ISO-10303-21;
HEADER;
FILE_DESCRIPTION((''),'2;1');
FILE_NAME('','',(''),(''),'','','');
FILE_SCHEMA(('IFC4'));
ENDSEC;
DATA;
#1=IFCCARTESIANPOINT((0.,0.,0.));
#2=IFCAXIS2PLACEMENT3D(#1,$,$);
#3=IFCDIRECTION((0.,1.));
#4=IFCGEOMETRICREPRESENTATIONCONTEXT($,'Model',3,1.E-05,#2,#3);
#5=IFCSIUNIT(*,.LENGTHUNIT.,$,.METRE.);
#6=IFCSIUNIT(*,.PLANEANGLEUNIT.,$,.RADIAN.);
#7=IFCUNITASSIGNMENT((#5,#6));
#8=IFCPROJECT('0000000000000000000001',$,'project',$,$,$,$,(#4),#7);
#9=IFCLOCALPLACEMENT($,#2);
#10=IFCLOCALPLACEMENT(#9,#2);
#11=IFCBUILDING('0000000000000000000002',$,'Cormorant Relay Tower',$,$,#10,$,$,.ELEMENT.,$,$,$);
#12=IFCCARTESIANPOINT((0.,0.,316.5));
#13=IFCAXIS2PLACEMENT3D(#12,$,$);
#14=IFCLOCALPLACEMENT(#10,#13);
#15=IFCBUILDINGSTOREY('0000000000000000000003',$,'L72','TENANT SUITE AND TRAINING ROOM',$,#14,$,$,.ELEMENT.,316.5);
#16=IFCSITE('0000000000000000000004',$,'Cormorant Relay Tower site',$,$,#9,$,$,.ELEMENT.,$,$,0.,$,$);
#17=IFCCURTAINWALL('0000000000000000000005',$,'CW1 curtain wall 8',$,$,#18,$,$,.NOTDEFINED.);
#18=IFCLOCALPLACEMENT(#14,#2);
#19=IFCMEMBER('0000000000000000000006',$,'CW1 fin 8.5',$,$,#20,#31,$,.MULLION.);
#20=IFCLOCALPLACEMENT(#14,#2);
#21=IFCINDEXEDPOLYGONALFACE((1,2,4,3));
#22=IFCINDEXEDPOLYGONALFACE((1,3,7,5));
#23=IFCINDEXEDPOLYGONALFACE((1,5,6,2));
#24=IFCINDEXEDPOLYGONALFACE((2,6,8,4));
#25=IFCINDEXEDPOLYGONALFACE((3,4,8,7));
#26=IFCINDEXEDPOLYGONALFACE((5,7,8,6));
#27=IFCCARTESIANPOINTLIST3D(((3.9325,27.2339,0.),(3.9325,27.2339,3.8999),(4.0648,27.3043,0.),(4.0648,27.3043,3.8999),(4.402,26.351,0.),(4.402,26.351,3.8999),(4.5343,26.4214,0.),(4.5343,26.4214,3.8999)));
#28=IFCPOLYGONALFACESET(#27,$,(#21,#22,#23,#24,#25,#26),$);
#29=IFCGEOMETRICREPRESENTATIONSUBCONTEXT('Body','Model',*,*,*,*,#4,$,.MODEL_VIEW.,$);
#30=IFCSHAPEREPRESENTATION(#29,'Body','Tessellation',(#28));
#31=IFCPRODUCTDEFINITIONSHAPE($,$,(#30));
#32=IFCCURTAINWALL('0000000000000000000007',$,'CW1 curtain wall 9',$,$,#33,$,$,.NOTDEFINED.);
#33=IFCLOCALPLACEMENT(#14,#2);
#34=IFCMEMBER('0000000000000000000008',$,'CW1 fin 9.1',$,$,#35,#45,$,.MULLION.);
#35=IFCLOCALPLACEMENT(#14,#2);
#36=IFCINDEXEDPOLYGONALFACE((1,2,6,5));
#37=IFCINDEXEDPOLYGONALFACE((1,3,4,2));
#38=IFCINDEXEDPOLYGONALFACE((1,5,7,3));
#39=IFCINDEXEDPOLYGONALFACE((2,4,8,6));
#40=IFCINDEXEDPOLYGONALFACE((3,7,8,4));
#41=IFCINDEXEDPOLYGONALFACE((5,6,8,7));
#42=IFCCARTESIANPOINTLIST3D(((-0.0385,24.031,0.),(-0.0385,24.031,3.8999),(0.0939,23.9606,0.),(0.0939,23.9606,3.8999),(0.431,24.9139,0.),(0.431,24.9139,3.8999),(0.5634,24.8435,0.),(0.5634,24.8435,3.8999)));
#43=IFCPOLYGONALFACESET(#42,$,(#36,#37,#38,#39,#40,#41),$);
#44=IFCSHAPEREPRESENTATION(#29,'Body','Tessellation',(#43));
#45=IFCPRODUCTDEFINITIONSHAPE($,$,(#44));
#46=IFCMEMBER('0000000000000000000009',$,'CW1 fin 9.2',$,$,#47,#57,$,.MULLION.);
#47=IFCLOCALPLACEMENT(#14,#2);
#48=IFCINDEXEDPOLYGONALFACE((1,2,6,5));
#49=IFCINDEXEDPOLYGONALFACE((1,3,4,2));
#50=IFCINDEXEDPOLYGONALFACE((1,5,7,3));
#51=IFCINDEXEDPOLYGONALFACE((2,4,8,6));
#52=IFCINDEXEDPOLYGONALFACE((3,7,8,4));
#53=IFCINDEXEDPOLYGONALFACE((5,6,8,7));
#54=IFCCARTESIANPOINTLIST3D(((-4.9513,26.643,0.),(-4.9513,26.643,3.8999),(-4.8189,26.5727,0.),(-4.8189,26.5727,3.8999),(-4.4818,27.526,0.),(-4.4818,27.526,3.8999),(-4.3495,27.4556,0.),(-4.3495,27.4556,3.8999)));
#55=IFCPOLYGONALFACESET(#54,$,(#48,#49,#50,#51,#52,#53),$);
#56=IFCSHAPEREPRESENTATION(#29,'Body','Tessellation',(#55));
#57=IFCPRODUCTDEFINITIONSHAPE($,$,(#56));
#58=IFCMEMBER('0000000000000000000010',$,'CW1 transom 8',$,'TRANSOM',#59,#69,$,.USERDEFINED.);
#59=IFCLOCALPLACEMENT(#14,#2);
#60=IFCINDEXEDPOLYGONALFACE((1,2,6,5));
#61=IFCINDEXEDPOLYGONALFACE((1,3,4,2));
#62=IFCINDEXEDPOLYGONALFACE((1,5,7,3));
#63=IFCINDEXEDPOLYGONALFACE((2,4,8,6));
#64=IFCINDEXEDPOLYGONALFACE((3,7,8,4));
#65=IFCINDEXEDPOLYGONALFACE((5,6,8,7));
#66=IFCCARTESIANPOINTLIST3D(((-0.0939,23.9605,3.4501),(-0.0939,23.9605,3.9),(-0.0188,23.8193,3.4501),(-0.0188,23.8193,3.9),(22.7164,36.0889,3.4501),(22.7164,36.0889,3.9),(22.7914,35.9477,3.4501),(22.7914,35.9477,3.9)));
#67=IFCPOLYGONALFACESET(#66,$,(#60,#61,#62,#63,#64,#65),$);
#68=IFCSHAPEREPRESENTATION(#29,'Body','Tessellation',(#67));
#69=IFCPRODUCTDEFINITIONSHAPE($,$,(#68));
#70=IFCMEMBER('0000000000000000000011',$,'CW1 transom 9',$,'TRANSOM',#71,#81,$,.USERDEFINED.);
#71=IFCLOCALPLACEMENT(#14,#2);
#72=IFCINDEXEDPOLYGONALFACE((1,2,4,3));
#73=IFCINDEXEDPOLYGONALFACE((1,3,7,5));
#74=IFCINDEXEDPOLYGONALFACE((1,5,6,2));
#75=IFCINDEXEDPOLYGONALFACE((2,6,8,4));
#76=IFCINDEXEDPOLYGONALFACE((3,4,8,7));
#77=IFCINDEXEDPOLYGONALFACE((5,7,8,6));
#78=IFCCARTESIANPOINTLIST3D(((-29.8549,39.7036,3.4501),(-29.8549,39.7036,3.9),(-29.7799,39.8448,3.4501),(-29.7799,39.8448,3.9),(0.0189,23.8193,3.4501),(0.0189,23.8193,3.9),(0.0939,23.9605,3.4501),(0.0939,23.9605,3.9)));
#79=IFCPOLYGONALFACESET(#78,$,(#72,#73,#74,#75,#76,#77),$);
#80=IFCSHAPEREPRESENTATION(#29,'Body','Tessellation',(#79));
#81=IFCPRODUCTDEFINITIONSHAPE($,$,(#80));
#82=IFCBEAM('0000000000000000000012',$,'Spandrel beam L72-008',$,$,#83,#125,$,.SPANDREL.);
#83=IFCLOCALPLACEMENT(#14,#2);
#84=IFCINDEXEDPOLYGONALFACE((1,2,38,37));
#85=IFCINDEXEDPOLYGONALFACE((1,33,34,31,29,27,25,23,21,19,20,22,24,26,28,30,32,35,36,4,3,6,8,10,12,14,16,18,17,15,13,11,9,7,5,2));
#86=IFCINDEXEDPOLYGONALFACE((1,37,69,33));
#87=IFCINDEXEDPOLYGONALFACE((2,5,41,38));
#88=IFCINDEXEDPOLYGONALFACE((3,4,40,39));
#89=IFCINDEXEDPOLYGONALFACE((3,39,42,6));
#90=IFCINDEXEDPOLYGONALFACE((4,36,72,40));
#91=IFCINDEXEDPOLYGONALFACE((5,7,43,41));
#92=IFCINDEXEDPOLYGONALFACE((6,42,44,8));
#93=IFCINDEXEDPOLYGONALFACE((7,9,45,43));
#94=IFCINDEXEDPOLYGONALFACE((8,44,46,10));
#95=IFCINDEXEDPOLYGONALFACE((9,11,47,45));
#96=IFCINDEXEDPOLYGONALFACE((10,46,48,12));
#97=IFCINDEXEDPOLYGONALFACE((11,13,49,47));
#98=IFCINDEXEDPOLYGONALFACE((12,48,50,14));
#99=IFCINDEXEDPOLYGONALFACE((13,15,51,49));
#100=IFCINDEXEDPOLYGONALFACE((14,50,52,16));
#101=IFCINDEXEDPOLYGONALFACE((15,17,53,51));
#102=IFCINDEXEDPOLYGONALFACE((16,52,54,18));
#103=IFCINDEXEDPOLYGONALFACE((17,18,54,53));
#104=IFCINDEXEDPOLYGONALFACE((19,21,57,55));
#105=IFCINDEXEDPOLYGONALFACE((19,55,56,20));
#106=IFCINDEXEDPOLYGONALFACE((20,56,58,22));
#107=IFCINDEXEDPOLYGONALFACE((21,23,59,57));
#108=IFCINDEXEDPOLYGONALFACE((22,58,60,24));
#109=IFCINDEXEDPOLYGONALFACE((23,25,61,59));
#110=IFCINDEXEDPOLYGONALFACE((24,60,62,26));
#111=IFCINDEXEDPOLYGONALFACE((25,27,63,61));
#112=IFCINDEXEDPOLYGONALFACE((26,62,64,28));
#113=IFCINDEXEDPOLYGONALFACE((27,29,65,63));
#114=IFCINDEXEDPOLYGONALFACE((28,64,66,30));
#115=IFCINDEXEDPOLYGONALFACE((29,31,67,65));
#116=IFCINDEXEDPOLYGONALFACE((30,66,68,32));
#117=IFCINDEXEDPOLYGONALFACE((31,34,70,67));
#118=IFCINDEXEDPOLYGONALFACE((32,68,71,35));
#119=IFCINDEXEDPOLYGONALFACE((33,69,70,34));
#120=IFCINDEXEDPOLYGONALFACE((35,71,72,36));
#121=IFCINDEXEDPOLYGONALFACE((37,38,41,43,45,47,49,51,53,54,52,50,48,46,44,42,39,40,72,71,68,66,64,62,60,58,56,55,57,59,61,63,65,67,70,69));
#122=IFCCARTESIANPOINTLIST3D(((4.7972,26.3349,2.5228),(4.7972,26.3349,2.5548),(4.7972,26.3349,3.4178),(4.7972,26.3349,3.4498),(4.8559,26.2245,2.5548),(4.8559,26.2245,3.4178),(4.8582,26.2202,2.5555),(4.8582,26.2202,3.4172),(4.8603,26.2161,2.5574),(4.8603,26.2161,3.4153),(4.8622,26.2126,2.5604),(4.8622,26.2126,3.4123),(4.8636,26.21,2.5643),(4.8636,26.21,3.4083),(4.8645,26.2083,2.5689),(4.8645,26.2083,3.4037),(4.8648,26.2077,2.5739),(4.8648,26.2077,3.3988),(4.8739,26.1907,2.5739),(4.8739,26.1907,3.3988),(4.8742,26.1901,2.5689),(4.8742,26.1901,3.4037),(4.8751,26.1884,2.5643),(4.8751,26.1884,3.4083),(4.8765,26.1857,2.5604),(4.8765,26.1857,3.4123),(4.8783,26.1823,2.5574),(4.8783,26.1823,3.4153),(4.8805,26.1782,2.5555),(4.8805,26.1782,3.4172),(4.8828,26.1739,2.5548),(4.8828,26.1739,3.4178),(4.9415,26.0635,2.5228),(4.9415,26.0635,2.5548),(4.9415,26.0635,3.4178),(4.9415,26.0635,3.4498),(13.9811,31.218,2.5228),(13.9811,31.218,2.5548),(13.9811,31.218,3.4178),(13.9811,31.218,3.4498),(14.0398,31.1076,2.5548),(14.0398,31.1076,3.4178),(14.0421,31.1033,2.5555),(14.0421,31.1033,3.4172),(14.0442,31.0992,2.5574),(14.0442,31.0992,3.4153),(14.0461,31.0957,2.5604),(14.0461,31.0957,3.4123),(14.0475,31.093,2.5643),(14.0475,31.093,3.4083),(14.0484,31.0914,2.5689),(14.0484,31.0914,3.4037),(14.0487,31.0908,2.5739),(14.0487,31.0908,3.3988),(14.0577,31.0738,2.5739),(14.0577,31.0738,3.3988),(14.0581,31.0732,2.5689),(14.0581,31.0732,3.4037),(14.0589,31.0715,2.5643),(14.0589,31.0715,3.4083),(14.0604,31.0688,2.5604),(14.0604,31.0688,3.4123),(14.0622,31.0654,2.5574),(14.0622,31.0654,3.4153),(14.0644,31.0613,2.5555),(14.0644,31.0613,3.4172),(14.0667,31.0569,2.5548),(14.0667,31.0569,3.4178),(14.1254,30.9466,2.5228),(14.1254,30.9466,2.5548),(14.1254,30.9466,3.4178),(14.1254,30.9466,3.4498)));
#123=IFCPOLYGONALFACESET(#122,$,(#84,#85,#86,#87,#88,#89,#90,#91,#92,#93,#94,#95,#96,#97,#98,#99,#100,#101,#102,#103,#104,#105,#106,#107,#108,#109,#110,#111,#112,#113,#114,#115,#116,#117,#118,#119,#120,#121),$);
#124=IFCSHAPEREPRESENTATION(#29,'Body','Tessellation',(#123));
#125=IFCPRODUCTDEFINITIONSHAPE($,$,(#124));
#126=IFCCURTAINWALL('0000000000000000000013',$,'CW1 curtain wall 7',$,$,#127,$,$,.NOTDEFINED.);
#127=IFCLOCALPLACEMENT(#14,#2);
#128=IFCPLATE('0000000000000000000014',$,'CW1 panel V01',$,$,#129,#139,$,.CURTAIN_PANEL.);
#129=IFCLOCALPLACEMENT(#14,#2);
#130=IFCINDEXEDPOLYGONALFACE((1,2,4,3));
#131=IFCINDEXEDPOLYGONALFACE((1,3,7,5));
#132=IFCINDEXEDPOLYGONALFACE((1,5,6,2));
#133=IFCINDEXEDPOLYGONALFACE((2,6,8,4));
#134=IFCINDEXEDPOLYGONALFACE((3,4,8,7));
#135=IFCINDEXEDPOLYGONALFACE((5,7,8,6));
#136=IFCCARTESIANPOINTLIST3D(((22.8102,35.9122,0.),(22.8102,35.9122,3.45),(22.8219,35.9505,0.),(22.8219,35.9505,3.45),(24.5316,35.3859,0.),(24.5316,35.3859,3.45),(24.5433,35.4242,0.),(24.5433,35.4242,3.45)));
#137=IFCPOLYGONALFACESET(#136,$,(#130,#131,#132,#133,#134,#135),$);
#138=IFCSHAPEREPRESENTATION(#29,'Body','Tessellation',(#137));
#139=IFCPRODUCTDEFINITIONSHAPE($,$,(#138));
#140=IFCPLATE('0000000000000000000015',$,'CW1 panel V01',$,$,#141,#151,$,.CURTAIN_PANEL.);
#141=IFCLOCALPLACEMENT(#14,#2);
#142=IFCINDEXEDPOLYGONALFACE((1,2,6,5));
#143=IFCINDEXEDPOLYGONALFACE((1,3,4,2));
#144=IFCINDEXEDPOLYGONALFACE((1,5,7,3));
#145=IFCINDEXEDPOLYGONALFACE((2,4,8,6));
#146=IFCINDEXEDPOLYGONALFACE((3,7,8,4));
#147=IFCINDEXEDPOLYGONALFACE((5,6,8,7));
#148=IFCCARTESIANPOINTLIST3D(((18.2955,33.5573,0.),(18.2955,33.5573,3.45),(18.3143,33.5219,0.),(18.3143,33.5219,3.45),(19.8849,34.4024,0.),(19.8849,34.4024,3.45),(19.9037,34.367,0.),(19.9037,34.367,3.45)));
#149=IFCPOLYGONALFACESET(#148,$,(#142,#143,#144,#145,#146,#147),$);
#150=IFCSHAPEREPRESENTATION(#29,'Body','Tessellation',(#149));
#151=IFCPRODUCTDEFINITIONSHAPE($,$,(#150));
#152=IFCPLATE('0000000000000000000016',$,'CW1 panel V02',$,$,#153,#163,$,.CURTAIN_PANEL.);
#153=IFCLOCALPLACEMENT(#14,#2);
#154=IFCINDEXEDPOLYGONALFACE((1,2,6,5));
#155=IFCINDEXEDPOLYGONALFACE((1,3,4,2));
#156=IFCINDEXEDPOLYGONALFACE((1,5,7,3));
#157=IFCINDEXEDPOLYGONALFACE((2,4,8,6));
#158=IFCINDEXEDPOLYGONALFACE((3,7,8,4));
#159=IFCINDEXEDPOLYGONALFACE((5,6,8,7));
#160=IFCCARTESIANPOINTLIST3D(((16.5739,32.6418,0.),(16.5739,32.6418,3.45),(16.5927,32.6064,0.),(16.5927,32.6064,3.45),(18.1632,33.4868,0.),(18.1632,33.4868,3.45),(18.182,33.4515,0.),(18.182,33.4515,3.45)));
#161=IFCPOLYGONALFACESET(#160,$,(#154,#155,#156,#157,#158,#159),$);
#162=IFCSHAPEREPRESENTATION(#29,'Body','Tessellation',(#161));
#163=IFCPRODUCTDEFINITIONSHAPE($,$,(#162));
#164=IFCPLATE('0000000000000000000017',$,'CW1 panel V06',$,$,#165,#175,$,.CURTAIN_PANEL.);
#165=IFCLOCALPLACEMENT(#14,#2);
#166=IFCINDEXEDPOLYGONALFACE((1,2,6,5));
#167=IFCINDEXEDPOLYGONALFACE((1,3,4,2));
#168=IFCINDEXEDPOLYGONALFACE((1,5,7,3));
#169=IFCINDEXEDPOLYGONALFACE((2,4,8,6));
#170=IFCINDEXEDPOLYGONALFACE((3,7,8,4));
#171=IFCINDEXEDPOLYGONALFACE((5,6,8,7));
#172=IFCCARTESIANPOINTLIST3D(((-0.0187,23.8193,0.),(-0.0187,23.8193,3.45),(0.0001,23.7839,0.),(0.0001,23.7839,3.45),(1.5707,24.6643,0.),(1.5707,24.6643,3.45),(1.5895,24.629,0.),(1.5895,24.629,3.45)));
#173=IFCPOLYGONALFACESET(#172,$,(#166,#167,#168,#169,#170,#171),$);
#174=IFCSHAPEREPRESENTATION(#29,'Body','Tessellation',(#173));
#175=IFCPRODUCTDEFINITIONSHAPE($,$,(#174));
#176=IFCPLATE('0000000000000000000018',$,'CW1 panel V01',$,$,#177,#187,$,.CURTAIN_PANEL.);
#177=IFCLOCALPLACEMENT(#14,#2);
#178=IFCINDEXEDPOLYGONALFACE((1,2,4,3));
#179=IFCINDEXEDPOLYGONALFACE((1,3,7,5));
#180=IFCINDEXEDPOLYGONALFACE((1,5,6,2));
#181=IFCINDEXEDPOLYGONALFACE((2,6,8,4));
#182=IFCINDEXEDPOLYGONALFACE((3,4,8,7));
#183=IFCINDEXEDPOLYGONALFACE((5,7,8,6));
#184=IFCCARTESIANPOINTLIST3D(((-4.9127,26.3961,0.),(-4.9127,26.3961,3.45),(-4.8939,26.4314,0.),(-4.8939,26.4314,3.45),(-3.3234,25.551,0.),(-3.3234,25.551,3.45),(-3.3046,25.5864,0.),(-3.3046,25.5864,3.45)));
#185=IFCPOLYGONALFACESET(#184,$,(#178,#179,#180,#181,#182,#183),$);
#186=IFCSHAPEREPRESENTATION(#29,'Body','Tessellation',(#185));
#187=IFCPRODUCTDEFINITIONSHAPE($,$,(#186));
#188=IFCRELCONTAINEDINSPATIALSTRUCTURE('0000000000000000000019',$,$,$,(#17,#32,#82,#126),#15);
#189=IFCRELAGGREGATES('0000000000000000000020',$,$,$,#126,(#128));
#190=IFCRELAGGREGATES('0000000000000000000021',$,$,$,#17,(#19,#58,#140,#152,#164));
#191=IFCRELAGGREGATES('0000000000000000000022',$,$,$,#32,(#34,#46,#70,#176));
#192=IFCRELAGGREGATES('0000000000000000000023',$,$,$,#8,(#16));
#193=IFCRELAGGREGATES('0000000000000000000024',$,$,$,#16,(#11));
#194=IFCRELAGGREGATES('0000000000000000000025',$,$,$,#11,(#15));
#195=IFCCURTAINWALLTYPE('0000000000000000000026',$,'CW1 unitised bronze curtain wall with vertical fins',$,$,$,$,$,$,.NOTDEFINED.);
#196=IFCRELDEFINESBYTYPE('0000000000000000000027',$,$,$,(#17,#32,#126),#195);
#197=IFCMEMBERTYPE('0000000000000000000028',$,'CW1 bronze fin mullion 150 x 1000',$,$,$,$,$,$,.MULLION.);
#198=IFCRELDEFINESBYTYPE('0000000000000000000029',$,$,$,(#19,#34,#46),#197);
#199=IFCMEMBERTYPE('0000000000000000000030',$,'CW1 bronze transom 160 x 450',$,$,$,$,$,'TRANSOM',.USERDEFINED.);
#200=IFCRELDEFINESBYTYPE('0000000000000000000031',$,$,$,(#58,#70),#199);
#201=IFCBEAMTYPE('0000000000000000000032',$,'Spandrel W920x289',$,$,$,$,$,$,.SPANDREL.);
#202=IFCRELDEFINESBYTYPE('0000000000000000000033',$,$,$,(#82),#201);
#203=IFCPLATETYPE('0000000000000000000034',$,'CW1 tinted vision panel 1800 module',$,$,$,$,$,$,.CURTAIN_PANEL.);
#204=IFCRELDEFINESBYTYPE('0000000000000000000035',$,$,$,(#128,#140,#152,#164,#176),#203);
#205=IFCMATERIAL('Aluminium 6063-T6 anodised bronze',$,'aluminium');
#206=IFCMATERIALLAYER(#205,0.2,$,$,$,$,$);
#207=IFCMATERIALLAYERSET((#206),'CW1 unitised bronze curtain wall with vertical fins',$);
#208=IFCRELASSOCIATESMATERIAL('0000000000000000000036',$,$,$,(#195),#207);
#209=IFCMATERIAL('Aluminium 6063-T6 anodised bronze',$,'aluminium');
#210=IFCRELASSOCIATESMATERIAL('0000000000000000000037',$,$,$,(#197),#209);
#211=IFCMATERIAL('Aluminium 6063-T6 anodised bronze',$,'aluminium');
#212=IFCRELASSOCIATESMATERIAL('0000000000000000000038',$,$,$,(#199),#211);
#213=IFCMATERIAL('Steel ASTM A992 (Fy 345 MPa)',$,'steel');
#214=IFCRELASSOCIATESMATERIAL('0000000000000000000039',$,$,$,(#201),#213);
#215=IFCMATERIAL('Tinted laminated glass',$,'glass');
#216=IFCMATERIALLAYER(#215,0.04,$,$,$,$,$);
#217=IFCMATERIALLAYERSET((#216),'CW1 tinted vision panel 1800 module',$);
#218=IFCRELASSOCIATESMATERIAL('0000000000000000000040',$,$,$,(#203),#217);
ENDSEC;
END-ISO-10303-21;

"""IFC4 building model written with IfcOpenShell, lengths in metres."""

from ifc_helpers import new_model, si_unit, direction, frame, origin, origin_2d, place, context, subcontext, project, spatial, rectangle, i_section, extrude, material, layer, layer_set, material_profile, profile_set, type_object, element, aggregate, save


model = new_model("IFC4")

# Units and contexts
model_context = context("Model", 3, precision=1e-05, world=origin(), true_north=direction((0.0, 1.0)))
body_context = subcontext(model_context, "Body", "Model", "MODEL_VIEW")
ifc_project = project(units=[si_unit("LENGTHUNIT", "METRE"), si_unit("PLANEANGLEUNIT", "RADIAN")], contexts=[model_context])

# Site, building, storey
site_placement = place(None, origin())
site = spatial("IfcSite", under=ifc_project, at=site_placement, Name="Cormorant Relay Tower site", CompositionType="ELEMENT", RefElevation=0.0)
building_placement = place(site_placement, origin())
building = spatial("IfcBuilding", under=site, at=building_placement, Name="Cormorant Relay Tower", CompositionType="ELEMENT")
storey_placement = place(building_placement, frame((0.0, 0.0, 316.5)))
storey = spatial("IfcBuildingStorey", under=building, at=storey_placement, Name="L72", Description="TENANT SUITE AND TRAINING ROOM", CompositionType="ELEMENT", Elevation=316.5)

# Curtain walls, members
ifc_material_1 = material(Name="Aluminium 6063-T6 anodised bronze", Category="aluminium")
ifc_layer_1 = layer(ifc_material_1, 0.2)
ifc_layer_set_1 = layer_set([ifc_layer_1], Name="CW1 unitised bronze curtain wall with vertical fins")
curtain_wall_type = type_object("IfcCurtainWallType", Name="CW1 unitised bronze curtain wall with vertical fins", PredefinedType="NOTDEFINED", material=ifc_layer_set_1)
curtain_wall_1_placement = place(storey_placement, origin())
curtain_wall_1 = element("IfcCurtainWall", 1, at=curtain_wall_1_placement, inside=storey, type_object=curtain_wall_type, Name="CW1 curtain wall 8", PredefinedType="NOTDEFINED")
ifc_material_2 = material(Name="Aluminium 6063-T6 anodised bronze", Category="aluminium")
ifc_material_profile_1 = material_profile(ifc_material_2, rectangle(XDim=0.1499, YDim=1.0, at=origin_2d()), Name="AL 150x1000")
ifc_profile_set_1 = profile_set([ifc_material_profile_1], Name="Aluminium 6063-T6 anodised bronze")
member_type_1 = type_object("IfcMemberType", Name="CW1 bronze fin mullion 150 x 1000", PredefinedType="MULLION", material=ifc_profile_set_1)
member_1_placement = place(storey_placement, frame((4.2334, 26.8276, 0.0), z_axis=(0.0, 0.0, 1.0), x_axis=(-0.882948, -0.469472, 0.0)))
member_1 = element("IfcMember", 2, at=member_1_placement, type_object=member_type_1, Name="CW1 fin 8.5", PredefinedType="MULLION", context=body_context, shape_type="SweptSolid", body=[
    extrude(rectangle(XDim=0.1499, YDim=1.0, at=origin_2d()), origin(), (0.0, 0.0, 1.0), 3.8999),
])
curtain_wall_2_placement = place(storey_placement, origin())
curtain_wall_2 = element("IfcCurtainWall", 3, at=curtain_wall_2_placement, inside=storey, type_object=curtain_wall_type, Name="CW1 curtain wall 9", PredefinedType="NOTDEFINED")
member_2_placement = place(storey_placement, frame((0.2625, 24.4373, 0.0), z_axis=(0.0, 0.0, 1.0), x_axis=(-0.882948, 0.469472, 0.0)))
member_2 = element("IfcMember", 4, at=member_2_placement, type_object=member_type_1, Name="CW1 fin 9.1", PredefinedType="MULLION", context=body_context, shape_type="SweptSolid", body=[
    extrude(rectangle(XDim=0.1499, YDim=1.0, at=origin_2d()), origin(), (0.0, 0.0, 1.0), 3.8999),
])
member_3_placement = place(storey_placement, frame((-4.6504, 27.0493, 0.0), z_axis=(0.0, 0.0, 1.0), x_axis=(-0.882948, 0.469472, 0.0)))
member_3 = element("IfcMember", 5, at=member_3_placement, type_object=member_type_1, Name="CW1 fin 9.2", PredefinedType="MULLION", context=body_context, shape_type="SweptSolid", body=[
    extrude(rectangle(XDim=0.1499, YDim=1.0, at=origin_2d()), origin(), (0.0, 0.0, 1.0), 3.8999),
])

# Members
ifc_material_3 = material(Name="Aluminium 6063-T6 anodised bronze", Category="aluminium")
ifc_material_profile_2 = material_profile(ifc_material_3, rectangle(XDim=0.1599, YDim=0.45, at=origin_2d()), Name="AL 160x450")
ifc_profile_set_2 = profile_set([ifc_material_profile_2], Name="Aluminium 6063-T6 anodised bronze")
member_type_2 = type_object("IfcMemberType", Name="CW1 bronze transom 160 x 450", ElementType="TRANSOM", PredefinedType="USERDEFINED", material=ifc_profile_set_2)
member_4_placement = place(storey_placement, frame((22.7539, 36.0183, 3.675), z_axis=(-0.882948, -0.469471, 0.0), x_axis=(0.469471, -0.882948, 0.0)))
member_4 = element("IfcMember", 6, at=member_4_placement, type_object=member_type_2, Name="CW1 transom 8", ObjectType="TRANSOM", PredefinedType="USERDEFINED", context=body_context, shape_type="SweptSolid", body=[
    extrude(rectangle(XDim=0.1599, YDim=0.45, at=origin_2d()), origin(), (0.0, 0.0, 1.0), 25.8342),
])
member_5_placement = place(storey_placement, frame((0.0564, 23.8899, 3.675), z_axis=(-0.882946, 0.469474, 0.0), x_axis=(-0.469474, -0.882946, 0.0)))
member_5 = element("IfcMember", 7, at=member_5_placement, type_object=member_type_2, Name="CW1 transom 9", ObjectType="TRANSOM", PredefinedType="USERDEFINED", context=body_context, shape_type="SweptSolid", body=[
    extrude(rectangle(XDim=0.1599, YDim=0.45, at=origin_2d()), origin(), (0.0, 0.0, 1.0), 33.8342),
])

# Beam
ifc_material_4 = material(Name="Steel ASTM A992 (Fy 345 MPa)", Category="steel")
ifc_material_profile_3 = material_profile(ifc_material_4, i_section(OverallWidth=0.3074, OverallDepth=0.927, WebThickness=0.0193, FlangeThickness=0.032, FilletRadius=0.019, at=origin_2d()), Name="W920x289")
ifc_profile_set_3 = profile_set([ifc_material_profile_3], Name="Steel ASTM A992 (Fy 345 MPa)")
beam_type = type_object("IfcBeamType", Name="Spandrel W920x289", PredefinedType="SPANDREL", material=ifc_profile_set_3)
beam_placement = place(storey_placement, frame((14.0532, 31.0823, 2.9863), z_axis=(-0.882951, -0.469466, 0.0), x_axis=(0.469466, -0.882951, 0.0)))
element("IfcBeam", 8, at=beam_placement, inside=storey, type_object=beam_type, Name="Spandrel beam L72-008", PredefinedType="SPANDREL", context=body_context, shape_type="SweptSolid", body=[
    extrude(i_section(OverallWidth=0.3074, OverallDepth=0.927, WebThickness=0.0193, FlangeThickness=0.032, FilletRadius=0.019, at=origin_2d()), origin(), (0.0, 0.0, 1.0), 10.4014),
])

# Curtain wall, plate
curtain_wall_3_placement = place(storey_placement, origin())
curtain_wall_3 = element("IfcCurtainWall", 9, at=curtain_wall_3_placement, inside=storey, type_object=curtain_wall_type, Name="CW1 curtain wall 7", PredefinedType="NOTDEFINED")
ifc_material_5 = material(Name="Tinted laminated glass", Category="glass")
ifc_layer_2 = layer(ifc_material_5, 0.04)
ifc_layer_set_2 = layer_set([ifc_layer_2], Name="CW1 tinted vision panel 1800 module")
plate_type_1 = type_object("IfcPlateType", Name="CW1 tinted vision panel 1800 module", PredefinedType="CURTAIN_PANEL", material=ifc_layer_set_2)
plate_1_placement = place(storey_placement, frame((23.6768, 35.6682, 0.0), z_axis=(0.0, 0.0, 1.0), x_axis=(-0.956305, 0.292372, 0.0)))
plate_1 = element("IfcPlate", 10, at=plate_1_placement, type_object=plate_type_1, Name="CW1 panel V01", PredefinedType="CURTAIN_PANEL", context=body_context, shape_type="SweptSolid", body=[
    extrude(rectangle(XDim=1.8, YDim=0.04, at=origin_2d()), origin(), (0.0, 0.0, 1.0), 3.45),
])
aggregate(curtain_wall_3, [plate_1])

# Plates
plate_2_placement = place(storey_placement, frame((19.0996, 33.9622, 0.0), z_axis=(0.0, 0.0, 1.0), x_axis=(-0.882948, -0.469472, 0.0)))
plate_2 = element("IfcPlate", 11, at=plate_2_placement, type_object=plate_type_1, Name="CW1 panel V01", PredefinedType="CURTAIN_PANEL", context=body_context, shape_type="SweptSolid", body=[
    extrude(rectangle(XDim=1.8, YDim=0.04, at=origin_2d()), origin(), (0.0, 0.0, 1.0), 3.45),
])
plate_3_placement = place(storey_placement, frame((17.3779, 33.0466, 0.0), z_axis=(0.0, 0.0, 1.0), x_axis=(-0.882948, -0.469472, 0.0)))
plate_3 = element("IfcPlate", 12, at=plate_3_placement, type_object=plate_type_1, Name="CW1 panel V02", PredefinedType="CURTAIN_PANEL", context=body_context, shape_type="SweptSolid", body=[
    extrude(rectangle(XDim=1.8, YDim=0.04, at=origin_2d()), origin(), (0.0, 0.0, 1.0), 3.45),
])
plate_4_placement = place(storey_placement, frame((0.7854, 24.2241, 0.0), z_axis=(0.0, 0.0, 1.0), x_axis=(-0.882948, -0.469472, 0.0)))
plate_4 = element("IfcPlate", 13, at=plate_4_placement, type_object=plate_type_1, Name="CW1 panel V06", PredefinedType="CURTAIN_PANEL", context=body_context, shape_type="SweptSolid", body=[
    extrude(rectangle(XDim=1.8, YDim=0.04, at=origin_2d()), origin(), (0.0, 0.0, 1.0), 3.45),
])
plate_5_placement = place(storey_placement, frame((-4.1086, 25.9912, 0.0), z_axis=(0.0, 0.0, 1.0), x_axis=(-0.882948, 0.469472, 0.0)))
plate_5 = element("IfcPlate", 14, at=plate_5_placement, type_object=plate_type_1, Name="CW1 panel V01", PredefinedType="CURTAIN_PANEL", context=body_context, shape_type="SweptSolid", body=[
    extrude(rectangle(XDim=1.8, YDim=0.04, at=origin_2d()), origin(), (0.0, 0.0, 1.0), 3.45),
])

aggregate(curtain_wall_1, [member_1, member_4, plate_2, plate_3, plate_4])
aggregate(curtain_wall_2, [member_2, member_3, member_5, plate_5])

save(model, "model.ifc")
